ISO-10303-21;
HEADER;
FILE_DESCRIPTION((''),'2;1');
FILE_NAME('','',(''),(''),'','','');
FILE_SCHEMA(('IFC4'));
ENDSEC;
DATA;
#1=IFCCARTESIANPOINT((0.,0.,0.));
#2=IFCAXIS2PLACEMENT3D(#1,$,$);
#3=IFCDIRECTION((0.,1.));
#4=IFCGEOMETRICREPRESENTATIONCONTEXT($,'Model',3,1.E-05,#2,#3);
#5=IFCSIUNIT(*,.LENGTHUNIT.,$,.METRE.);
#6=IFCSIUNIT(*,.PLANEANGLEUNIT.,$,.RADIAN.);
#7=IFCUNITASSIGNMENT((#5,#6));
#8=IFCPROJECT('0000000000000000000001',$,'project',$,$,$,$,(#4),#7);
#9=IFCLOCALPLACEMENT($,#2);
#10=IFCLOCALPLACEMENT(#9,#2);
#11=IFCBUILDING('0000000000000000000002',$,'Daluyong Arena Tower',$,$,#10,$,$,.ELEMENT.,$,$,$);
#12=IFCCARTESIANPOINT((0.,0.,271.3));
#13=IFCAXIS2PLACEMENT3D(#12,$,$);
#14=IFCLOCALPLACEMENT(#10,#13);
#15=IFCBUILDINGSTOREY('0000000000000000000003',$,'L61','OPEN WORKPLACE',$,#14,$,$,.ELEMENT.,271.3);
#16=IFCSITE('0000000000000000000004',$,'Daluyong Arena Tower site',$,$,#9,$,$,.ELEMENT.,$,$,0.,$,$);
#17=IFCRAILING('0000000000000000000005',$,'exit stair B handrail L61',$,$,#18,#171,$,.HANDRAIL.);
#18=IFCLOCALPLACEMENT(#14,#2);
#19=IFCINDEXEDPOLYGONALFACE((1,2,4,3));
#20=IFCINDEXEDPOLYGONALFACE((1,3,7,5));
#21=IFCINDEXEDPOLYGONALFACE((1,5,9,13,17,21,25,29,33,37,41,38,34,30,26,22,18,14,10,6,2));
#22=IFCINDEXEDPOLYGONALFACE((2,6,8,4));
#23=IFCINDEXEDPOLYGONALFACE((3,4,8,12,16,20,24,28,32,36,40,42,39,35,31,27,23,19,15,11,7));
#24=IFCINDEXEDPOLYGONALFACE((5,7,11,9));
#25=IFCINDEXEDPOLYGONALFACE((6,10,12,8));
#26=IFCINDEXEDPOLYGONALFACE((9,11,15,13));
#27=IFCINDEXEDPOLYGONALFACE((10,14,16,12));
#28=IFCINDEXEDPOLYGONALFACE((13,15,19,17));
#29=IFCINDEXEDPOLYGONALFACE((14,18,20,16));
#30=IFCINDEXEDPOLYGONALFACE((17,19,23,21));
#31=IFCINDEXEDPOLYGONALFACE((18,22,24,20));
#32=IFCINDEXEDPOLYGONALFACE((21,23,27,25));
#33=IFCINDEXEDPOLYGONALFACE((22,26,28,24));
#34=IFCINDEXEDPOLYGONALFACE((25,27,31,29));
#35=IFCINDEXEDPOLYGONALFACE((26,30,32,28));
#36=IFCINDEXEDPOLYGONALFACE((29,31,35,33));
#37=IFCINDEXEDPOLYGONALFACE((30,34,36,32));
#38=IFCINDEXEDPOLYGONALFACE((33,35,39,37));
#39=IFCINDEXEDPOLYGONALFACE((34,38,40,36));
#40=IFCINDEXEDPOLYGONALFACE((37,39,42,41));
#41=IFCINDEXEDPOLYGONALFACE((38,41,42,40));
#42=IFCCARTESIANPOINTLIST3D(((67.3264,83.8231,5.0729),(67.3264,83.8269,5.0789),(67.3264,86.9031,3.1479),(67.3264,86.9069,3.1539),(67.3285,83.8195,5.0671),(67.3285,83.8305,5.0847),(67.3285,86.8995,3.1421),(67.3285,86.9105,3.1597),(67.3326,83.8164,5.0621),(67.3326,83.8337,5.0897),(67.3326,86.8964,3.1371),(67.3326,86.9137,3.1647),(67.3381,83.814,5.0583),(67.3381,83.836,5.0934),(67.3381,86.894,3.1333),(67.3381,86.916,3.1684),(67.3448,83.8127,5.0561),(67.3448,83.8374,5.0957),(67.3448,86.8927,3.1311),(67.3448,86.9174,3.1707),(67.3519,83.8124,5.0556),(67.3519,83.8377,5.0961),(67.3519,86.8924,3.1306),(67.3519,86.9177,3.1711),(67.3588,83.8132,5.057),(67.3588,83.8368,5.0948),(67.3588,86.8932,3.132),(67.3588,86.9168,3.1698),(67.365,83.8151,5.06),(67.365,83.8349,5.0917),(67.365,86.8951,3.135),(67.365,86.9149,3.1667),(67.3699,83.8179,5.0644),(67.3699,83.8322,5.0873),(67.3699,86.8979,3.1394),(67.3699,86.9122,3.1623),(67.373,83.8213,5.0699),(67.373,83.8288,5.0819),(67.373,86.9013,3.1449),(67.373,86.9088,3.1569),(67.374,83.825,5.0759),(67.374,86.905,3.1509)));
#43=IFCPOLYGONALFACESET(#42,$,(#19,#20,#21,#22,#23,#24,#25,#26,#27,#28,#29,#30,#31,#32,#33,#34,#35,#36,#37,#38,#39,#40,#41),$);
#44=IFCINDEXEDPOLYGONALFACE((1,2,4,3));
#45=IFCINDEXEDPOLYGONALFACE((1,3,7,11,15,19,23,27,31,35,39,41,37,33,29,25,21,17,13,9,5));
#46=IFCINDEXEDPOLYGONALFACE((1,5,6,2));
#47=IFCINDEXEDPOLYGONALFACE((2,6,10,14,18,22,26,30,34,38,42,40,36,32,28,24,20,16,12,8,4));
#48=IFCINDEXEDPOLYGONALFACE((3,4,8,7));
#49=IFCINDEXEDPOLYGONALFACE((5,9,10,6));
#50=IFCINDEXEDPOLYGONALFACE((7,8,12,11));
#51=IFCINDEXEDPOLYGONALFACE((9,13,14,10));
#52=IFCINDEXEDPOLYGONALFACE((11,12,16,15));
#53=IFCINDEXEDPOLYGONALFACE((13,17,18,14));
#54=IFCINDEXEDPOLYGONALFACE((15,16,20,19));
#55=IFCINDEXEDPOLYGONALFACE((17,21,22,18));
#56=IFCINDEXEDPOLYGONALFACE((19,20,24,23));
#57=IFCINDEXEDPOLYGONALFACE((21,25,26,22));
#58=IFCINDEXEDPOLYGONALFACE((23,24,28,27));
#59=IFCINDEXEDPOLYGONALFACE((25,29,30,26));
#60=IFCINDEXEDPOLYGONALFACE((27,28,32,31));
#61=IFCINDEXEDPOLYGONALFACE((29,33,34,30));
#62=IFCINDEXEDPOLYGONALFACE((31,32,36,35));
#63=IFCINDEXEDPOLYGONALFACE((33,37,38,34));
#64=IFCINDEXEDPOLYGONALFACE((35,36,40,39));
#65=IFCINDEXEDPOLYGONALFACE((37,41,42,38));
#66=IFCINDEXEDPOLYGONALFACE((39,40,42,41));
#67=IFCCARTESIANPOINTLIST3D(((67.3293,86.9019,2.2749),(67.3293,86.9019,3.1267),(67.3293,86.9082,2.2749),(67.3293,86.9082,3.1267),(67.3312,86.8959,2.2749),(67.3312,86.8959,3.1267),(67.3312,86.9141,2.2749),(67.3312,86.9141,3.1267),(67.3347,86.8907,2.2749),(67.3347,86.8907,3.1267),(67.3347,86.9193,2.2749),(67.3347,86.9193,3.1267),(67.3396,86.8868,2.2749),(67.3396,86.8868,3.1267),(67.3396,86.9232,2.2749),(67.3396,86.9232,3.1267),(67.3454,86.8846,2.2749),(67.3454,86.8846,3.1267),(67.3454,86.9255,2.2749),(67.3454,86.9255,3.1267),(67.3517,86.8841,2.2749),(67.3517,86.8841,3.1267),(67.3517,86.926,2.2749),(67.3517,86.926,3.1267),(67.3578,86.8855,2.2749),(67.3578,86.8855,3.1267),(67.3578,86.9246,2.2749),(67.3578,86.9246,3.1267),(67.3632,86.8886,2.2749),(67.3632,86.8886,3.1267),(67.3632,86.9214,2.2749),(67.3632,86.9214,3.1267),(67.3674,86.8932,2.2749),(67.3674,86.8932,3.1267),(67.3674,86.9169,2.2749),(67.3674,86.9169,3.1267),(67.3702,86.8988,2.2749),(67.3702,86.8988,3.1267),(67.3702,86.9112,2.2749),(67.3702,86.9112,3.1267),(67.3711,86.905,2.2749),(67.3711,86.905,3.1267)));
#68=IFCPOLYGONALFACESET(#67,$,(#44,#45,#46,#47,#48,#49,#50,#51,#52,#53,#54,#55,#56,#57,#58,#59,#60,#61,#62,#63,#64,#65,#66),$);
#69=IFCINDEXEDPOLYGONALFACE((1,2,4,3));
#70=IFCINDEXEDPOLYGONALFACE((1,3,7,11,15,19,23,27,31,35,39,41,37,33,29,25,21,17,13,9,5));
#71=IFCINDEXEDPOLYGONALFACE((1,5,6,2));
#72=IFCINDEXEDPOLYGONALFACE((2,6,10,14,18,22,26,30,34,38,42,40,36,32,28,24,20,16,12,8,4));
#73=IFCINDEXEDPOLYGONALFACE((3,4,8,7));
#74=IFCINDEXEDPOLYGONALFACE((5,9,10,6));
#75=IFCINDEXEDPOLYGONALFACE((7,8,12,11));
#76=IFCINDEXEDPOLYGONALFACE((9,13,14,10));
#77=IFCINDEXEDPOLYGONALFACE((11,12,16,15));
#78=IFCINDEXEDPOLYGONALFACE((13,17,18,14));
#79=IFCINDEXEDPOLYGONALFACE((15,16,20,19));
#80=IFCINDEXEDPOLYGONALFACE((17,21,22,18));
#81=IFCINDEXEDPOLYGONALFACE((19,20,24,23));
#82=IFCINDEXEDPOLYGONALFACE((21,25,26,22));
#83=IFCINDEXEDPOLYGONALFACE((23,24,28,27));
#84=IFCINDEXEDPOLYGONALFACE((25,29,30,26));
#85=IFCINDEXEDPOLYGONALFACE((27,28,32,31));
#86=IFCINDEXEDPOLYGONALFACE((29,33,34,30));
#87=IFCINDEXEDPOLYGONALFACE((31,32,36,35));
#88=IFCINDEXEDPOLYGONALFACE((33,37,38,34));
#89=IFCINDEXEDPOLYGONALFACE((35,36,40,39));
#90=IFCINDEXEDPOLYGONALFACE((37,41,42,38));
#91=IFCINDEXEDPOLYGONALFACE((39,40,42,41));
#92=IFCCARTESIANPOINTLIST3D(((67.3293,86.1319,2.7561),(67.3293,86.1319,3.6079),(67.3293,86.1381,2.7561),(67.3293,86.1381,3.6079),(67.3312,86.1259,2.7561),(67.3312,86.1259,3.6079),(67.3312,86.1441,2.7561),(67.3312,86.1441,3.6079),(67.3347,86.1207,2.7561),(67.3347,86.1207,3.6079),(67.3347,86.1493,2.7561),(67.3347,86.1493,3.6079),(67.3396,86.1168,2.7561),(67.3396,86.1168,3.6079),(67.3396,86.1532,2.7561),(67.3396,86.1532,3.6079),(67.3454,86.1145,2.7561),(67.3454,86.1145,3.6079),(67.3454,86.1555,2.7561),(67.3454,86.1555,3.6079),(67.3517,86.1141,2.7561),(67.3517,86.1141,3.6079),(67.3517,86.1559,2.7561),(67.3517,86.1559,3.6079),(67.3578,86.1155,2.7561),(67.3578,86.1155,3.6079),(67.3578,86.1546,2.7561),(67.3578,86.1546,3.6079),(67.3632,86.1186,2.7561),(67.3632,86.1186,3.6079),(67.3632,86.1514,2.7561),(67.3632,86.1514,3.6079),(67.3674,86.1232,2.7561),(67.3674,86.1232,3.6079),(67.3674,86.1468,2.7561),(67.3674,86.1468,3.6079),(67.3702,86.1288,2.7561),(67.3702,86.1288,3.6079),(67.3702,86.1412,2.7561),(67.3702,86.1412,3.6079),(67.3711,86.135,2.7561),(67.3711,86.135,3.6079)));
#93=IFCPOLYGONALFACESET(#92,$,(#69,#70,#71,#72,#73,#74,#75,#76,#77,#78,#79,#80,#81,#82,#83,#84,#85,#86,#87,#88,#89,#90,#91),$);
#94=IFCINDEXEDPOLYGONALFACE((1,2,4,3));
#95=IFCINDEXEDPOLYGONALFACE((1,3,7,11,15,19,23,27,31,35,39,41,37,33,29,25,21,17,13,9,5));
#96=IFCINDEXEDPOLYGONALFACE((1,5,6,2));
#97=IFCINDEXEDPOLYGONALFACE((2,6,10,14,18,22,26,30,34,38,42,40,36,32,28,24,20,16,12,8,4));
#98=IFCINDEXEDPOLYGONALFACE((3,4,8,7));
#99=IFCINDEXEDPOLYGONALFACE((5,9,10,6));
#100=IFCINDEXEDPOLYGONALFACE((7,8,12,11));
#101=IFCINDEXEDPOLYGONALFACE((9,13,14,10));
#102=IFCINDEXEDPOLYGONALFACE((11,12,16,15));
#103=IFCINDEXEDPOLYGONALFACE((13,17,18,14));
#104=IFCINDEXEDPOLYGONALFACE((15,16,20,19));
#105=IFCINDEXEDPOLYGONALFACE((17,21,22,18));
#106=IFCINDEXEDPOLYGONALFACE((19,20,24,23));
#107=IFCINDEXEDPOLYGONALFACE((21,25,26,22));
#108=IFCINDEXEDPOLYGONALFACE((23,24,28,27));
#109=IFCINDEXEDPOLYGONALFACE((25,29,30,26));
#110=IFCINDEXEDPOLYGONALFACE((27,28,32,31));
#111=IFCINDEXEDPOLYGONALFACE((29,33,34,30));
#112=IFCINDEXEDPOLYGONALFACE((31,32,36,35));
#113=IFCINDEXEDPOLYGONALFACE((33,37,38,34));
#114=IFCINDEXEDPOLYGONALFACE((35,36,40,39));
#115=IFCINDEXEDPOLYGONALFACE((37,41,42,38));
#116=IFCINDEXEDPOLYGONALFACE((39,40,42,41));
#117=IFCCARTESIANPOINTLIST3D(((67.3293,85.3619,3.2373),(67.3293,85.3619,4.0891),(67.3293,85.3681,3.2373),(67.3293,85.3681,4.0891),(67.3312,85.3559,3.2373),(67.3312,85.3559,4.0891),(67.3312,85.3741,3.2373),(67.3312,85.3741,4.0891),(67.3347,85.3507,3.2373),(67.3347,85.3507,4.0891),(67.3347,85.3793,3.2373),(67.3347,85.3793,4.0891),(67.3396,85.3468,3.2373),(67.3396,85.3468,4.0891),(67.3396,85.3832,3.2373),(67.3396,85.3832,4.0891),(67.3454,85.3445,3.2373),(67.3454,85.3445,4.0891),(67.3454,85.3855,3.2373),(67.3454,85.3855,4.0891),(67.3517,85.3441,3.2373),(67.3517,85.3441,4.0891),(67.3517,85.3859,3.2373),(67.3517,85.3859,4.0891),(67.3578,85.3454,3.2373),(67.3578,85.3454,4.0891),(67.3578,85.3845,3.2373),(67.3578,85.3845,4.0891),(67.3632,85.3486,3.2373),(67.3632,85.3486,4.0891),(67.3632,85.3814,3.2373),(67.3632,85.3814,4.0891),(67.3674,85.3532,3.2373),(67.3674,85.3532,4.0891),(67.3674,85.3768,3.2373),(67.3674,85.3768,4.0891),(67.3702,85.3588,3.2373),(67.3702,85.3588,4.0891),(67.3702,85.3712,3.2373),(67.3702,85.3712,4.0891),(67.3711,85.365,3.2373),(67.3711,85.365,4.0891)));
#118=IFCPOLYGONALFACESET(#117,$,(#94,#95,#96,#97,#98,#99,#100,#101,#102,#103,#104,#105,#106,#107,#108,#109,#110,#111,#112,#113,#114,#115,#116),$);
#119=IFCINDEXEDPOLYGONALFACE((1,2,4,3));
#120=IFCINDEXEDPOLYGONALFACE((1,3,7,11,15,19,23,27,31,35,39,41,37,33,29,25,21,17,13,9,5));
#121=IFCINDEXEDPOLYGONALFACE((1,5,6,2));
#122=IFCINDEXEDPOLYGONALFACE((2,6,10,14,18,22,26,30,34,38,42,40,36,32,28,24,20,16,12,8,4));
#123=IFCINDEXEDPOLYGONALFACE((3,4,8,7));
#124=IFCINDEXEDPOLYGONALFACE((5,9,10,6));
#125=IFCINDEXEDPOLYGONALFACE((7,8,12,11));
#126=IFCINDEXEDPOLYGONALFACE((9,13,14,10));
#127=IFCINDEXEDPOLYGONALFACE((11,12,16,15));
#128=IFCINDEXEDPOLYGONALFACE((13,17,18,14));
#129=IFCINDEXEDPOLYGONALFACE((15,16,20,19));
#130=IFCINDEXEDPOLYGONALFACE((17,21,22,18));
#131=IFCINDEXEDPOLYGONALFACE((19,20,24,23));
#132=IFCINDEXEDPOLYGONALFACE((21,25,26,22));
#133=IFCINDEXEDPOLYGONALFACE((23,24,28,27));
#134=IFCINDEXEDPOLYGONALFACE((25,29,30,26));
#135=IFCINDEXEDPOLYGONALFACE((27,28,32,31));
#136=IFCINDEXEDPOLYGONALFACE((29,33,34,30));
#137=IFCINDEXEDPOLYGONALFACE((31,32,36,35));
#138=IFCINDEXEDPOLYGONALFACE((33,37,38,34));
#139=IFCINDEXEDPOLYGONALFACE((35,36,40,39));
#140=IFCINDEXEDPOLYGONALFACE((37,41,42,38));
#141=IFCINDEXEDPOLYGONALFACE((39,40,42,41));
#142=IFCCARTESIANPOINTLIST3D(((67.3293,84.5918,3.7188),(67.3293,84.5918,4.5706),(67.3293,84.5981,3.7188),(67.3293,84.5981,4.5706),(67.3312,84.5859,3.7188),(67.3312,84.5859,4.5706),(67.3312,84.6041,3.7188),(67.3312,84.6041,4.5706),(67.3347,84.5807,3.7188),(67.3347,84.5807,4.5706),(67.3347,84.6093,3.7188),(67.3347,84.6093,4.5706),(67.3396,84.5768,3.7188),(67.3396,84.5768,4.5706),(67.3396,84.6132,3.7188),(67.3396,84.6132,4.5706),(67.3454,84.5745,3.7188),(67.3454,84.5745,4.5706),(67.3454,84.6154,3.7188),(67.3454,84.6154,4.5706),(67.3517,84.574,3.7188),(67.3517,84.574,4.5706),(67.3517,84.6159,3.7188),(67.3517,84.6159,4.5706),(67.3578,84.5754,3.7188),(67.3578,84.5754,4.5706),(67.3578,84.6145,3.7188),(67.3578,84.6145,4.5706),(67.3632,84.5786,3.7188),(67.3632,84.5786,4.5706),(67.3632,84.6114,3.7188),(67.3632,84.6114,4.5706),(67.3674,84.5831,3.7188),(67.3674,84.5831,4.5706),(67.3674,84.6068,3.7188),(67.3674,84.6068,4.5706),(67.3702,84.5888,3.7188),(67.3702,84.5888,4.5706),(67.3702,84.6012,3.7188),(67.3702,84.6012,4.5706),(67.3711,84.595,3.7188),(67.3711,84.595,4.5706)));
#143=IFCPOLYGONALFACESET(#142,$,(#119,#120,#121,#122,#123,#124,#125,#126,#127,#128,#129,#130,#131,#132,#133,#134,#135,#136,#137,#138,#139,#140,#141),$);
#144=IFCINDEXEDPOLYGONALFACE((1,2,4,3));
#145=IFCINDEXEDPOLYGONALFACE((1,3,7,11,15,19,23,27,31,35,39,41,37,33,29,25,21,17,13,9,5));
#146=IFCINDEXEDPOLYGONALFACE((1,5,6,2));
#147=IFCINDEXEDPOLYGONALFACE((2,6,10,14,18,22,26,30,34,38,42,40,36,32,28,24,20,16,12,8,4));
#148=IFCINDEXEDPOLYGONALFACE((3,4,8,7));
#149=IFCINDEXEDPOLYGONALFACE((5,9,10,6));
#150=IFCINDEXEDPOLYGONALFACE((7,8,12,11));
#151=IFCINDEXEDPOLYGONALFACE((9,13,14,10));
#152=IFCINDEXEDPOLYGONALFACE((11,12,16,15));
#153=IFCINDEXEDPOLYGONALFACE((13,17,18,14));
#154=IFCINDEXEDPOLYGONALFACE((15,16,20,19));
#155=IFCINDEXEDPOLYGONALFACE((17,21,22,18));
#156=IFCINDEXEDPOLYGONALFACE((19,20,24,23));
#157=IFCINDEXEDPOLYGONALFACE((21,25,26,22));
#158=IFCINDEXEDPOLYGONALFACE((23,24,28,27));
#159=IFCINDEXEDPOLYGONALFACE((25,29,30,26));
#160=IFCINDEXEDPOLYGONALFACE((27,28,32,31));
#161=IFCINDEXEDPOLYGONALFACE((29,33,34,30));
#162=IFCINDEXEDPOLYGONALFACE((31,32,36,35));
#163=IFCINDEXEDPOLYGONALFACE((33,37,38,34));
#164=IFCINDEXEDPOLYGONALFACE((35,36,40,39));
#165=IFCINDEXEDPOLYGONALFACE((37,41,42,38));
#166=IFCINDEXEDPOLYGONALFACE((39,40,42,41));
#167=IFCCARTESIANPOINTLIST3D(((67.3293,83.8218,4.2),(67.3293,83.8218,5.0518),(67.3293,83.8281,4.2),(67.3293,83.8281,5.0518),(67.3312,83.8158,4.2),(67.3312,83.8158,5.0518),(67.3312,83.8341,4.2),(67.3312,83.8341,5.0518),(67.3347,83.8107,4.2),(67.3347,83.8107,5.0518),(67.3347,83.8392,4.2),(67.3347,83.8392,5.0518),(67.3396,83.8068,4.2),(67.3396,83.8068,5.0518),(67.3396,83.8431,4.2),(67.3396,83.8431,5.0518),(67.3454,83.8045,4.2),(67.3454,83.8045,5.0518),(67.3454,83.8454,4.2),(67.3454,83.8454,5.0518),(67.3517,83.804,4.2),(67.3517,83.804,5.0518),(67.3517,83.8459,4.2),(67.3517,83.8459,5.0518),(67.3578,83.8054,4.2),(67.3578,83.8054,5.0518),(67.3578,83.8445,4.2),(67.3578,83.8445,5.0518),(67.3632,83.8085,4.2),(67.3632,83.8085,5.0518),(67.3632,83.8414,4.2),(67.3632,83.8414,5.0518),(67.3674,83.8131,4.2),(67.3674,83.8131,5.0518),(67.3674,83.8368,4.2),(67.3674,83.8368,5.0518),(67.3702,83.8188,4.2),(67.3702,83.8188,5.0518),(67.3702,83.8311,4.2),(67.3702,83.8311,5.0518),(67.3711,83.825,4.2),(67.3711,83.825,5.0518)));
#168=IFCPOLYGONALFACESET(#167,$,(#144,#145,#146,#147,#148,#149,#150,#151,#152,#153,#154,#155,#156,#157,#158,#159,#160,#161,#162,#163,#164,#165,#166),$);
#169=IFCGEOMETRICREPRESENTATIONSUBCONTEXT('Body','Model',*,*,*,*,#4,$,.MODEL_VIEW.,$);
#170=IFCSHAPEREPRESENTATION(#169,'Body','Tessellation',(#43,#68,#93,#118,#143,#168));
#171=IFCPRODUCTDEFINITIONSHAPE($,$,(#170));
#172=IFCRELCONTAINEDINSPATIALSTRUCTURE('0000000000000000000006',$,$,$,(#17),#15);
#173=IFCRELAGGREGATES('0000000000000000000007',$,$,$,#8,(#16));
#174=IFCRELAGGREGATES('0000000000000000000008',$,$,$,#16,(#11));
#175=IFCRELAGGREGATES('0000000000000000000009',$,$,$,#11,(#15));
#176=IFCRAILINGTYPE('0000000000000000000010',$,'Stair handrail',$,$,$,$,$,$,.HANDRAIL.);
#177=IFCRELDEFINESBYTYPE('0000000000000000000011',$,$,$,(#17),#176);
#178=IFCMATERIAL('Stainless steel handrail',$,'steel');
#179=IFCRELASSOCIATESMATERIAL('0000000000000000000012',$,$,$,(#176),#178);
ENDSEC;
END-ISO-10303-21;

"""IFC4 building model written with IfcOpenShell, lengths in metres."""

from ifc_helpers import new_model, si_unit, direction, frame, origin, origin_2d, place, context, subcontext, project, spatial, circle, extrude, material, type_object, element, save


model = new_model("IFC4")

# Units and contexts
model_context = context("Model", 3, precision=1e-05, world=origin(), true_north=direction((0.0, 1.0)))
body_context = subcontext(model_context, "Body", "Model", "MODEL_VIEW")
ifc_project = project(units=[si_unit("LENGTHUNIT", "METRE"), si_unit("PLANEANGLEUNIT", "RADIAN")], contexts=[model_context])

# Site, building, storey
site_placement = place(None, origin())
site = spatial("IfcSite", under=ifc_project, at=site_placement, Name="Daluyong Arena Tower site", CompositionType="ELEMENT", RefElevation=0.0)
building_placement = place(site_placement, origin())
building = spatial("IfcBuilding", under=site, at=building_placement, Name="Daluyong Arena Tower", CompositionType="ELEMENT")
storey_placement = place(building_placement, frame((0.0, 0.0, 271.3)))
storey = spatial("IfcBuildingStorey", under=building, at=storey_placement, Name="L61", Description="OPEN WORKPLACE", CompositionType="ELEMENT", Elevation=271.3)

# Railing
ifc_material_1 = material(Name="Stainless steel handrail", Category="steel")
railing_type_1 = type_object("IfcRailingType", Name="Stair handrail", PredefinedType="HANDRAIL", material=ifc_material_1)
railing_1_placement = place(storey_placement, frame((67.3501, 86.905, 2.2749)))
element("IfcRailing", 1, at=railing_1_placement, inside=storey, type_object=railing_type_1, Name="exit stair B handrail L61", PredefinedType="HANDRAIL", context=body_context, shape_type="SweptSolid", body=[
    extrude(circle(Radius=0.0239, at=origin_2d()), frame((0.0, 0.0, 0.876), z_axis=(0.0, -0.847998, 0.529999), x_axis=(1.0, 0.0, 0.0)), (0.0, 0.0, 1.0), 3.6321),
    extrude(circle(Radius=0.021, at=origin_2d()), origin(), (0.0, 0.0, 1.0), 0.8518),
    extrude(circle(Radius=0.021, at=origin_2d()), frame((0.0, -0.77, 0.4812)), (0.0, 0.0, 1.0), 0.8518),
    extrude(circle(Radius=0.021, at=origin_2d()), frame((0.0, -1.54, 0.9624)), (0.0, 0.0, 1.0), 0.8518),
    extrude(circle(Radius=0.021, at=origin_2d()), frame((0.0, -2.3101, 1.4438)), (0.0, 0.0, 1.0), 0.8518),
    extrude(circle(Radius=0.021, at=origin_2d()), frame((0.0, -3.0801, 1.925)), (0.0, 0.0, 1.0), 0.8518),
])

save(model, "model.ifc")
